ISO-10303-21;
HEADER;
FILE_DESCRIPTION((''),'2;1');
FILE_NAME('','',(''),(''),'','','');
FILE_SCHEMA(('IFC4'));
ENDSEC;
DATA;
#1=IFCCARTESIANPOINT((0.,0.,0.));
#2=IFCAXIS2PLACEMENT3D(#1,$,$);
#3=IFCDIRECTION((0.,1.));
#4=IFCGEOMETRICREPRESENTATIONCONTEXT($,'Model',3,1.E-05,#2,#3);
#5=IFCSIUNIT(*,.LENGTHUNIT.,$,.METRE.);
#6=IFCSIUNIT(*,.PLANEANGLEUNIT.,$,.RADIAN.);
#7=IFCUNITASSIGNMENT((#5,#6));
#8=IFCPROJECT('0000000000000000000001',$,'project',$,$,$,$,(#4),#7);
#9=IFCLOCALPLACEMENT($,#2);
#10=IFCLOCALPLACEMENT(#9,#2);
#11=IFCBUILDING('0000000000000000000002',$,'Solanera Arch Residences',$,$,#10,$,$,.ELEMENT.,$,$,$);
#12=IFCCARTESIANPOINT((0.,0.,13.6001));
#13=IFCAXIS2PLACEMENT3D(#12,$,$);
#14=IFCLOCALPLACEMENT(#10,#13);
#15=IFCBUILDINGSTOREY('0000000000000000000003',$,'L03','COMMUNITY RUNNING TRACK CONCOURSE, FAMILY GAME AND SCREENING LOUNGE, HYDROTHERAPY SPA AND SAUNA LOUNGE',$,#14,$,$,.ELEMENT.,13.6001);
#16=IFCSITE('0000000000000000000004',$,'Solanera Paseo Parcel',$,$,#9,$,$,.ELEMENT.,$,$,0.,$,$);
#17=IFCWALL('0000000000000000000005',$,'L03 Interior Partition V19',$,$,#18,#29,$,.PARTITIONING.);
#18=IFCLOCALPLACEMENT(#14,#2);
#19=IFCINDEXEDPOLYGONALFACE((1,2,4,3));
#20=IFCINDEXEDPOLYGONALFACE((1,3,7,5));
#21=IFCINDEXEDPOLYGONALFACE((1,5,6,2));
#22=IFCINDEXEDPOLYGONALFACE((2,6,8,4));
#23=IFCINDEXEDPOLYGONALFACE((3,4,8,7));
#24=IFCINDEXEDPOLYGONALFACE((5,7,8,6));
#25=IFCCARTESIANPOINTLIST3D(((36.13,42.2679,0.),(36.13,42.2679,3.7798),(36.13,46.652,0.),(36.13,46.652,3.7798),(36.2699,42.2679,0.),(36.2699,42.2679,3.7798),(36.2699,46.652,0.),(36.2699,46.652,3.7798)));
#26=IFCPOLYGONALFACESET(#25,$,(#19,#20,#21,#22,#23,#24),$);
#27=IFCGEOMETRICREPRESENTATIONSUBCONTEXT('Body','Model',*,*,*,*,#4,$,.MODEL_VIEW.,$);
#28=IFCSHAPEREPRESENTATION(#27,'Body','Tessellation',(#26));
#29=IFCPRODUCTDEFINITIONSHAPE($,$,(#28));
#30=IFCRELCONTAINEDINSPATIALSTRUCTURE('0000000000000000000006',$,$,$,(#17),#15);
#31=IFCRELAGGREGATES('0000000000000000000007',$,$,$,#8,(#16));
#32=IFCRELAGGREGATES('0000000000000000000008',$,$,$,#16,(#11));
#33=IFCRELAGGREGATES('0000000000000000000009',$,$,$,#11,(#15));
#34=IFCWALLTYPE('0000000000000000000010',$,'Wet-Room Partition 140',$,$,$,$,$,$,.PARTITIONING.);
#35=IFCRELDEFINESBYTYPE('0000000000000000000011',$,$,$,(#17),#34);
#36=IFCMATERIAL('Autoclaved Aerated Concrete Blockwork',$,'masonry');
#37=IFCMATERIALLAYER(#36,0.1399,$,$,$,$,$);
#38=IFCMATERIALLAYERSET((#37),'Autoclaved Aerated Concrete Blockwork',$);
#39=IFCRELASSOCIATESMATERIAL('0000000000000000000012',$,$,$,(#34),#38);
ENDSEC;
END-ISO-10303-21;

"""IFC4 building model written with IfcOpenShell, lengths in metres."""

from ifc_helpers import new_model, si_unit, direction, frame, frame_2d, origin, place, context, subcontext, project, spatial, rectangle, extrude, material, layer, layer_set, type_object, element, save


model = new_model("IFC4")

# Units and contexts
model_context = context("Model", 3, precision=1e-05, world=origin(), true_north=direction((0.0, 1.0)))
body_context = subcontext(model_context, "Body", "Model", "MODEL_VIEW")
ifc_project = project(units=[si_unit("LENGTHUNIT", "METRE"), si_unit("PLANEANGLEUNIT", "RADIAN")], contexts=[model_context])

# Site, building, storey
site_placement = place(None, origin())
site = spatial("IfcSite", under=ifc_project, at=site_placement, Name="Solanera Paseo Parcel", CompositionType="ELEMENT", RefElevation=0.0)
building_placement = place(site_placement, origin())
building = spatial("IfcBuilding", under=site, at=building_placement, Name="Solanera Arch Residences", CompositionType="ELEMENT")
storey_placement = place(building_placement, frame((0.0, 0.0, 13.6001)))
storey = spatial("IfcBuildingStorey", under=building, at=storey_placement, Name="L03", Description="COMMUNITY RUNNING TRACK CONCOURSE, FAMILY GAME AND SCREENING LOUNGE, HYDROTHERAPY SPA AND SAUNA LOUNGE", CompositionType="ELEMENT", Elevation=13.6001)

# Wall
ifc_material_1 = material(Name="Autoclaved Aerated Concrete Blockwork", Category="masonry")
ifc_layer_1 = layer(ifc_material_1, 0.1399)
ifc_layer_set_1 = layer_set([ifc_layer_1], Name="Autoclaved Aerated Concrete Blockwork")
wall_type_1 = type_object("IfcWallType", Name="Wet-Room Partition 140", PredefinedType="PARTITIONING", material=ifc_layer_set_1)
wall_1_placement = place(storey_placement, frame((36.2, 42.2681, 0.0), z_axis=(0.0, 0.0, 1.0), x_axis=(0.0, 1.0, 0.0)))
element("IfcWall", 1, at=wall_1_placement, inside=storey, type_object=wall_type_1, Name="L03 Interior Partition V19", PredefinedType="PARTITIONING", context=body_context, shape_type="SweptSolid", body=[
    extrude(rectangle(XDim=4.384, YDim=0.1399, at=frame_2d((2.1919, 0.0))), origin(), (0.0, 0.0, 1.0), 3.7798),
])

save(model, "model.ifc")
